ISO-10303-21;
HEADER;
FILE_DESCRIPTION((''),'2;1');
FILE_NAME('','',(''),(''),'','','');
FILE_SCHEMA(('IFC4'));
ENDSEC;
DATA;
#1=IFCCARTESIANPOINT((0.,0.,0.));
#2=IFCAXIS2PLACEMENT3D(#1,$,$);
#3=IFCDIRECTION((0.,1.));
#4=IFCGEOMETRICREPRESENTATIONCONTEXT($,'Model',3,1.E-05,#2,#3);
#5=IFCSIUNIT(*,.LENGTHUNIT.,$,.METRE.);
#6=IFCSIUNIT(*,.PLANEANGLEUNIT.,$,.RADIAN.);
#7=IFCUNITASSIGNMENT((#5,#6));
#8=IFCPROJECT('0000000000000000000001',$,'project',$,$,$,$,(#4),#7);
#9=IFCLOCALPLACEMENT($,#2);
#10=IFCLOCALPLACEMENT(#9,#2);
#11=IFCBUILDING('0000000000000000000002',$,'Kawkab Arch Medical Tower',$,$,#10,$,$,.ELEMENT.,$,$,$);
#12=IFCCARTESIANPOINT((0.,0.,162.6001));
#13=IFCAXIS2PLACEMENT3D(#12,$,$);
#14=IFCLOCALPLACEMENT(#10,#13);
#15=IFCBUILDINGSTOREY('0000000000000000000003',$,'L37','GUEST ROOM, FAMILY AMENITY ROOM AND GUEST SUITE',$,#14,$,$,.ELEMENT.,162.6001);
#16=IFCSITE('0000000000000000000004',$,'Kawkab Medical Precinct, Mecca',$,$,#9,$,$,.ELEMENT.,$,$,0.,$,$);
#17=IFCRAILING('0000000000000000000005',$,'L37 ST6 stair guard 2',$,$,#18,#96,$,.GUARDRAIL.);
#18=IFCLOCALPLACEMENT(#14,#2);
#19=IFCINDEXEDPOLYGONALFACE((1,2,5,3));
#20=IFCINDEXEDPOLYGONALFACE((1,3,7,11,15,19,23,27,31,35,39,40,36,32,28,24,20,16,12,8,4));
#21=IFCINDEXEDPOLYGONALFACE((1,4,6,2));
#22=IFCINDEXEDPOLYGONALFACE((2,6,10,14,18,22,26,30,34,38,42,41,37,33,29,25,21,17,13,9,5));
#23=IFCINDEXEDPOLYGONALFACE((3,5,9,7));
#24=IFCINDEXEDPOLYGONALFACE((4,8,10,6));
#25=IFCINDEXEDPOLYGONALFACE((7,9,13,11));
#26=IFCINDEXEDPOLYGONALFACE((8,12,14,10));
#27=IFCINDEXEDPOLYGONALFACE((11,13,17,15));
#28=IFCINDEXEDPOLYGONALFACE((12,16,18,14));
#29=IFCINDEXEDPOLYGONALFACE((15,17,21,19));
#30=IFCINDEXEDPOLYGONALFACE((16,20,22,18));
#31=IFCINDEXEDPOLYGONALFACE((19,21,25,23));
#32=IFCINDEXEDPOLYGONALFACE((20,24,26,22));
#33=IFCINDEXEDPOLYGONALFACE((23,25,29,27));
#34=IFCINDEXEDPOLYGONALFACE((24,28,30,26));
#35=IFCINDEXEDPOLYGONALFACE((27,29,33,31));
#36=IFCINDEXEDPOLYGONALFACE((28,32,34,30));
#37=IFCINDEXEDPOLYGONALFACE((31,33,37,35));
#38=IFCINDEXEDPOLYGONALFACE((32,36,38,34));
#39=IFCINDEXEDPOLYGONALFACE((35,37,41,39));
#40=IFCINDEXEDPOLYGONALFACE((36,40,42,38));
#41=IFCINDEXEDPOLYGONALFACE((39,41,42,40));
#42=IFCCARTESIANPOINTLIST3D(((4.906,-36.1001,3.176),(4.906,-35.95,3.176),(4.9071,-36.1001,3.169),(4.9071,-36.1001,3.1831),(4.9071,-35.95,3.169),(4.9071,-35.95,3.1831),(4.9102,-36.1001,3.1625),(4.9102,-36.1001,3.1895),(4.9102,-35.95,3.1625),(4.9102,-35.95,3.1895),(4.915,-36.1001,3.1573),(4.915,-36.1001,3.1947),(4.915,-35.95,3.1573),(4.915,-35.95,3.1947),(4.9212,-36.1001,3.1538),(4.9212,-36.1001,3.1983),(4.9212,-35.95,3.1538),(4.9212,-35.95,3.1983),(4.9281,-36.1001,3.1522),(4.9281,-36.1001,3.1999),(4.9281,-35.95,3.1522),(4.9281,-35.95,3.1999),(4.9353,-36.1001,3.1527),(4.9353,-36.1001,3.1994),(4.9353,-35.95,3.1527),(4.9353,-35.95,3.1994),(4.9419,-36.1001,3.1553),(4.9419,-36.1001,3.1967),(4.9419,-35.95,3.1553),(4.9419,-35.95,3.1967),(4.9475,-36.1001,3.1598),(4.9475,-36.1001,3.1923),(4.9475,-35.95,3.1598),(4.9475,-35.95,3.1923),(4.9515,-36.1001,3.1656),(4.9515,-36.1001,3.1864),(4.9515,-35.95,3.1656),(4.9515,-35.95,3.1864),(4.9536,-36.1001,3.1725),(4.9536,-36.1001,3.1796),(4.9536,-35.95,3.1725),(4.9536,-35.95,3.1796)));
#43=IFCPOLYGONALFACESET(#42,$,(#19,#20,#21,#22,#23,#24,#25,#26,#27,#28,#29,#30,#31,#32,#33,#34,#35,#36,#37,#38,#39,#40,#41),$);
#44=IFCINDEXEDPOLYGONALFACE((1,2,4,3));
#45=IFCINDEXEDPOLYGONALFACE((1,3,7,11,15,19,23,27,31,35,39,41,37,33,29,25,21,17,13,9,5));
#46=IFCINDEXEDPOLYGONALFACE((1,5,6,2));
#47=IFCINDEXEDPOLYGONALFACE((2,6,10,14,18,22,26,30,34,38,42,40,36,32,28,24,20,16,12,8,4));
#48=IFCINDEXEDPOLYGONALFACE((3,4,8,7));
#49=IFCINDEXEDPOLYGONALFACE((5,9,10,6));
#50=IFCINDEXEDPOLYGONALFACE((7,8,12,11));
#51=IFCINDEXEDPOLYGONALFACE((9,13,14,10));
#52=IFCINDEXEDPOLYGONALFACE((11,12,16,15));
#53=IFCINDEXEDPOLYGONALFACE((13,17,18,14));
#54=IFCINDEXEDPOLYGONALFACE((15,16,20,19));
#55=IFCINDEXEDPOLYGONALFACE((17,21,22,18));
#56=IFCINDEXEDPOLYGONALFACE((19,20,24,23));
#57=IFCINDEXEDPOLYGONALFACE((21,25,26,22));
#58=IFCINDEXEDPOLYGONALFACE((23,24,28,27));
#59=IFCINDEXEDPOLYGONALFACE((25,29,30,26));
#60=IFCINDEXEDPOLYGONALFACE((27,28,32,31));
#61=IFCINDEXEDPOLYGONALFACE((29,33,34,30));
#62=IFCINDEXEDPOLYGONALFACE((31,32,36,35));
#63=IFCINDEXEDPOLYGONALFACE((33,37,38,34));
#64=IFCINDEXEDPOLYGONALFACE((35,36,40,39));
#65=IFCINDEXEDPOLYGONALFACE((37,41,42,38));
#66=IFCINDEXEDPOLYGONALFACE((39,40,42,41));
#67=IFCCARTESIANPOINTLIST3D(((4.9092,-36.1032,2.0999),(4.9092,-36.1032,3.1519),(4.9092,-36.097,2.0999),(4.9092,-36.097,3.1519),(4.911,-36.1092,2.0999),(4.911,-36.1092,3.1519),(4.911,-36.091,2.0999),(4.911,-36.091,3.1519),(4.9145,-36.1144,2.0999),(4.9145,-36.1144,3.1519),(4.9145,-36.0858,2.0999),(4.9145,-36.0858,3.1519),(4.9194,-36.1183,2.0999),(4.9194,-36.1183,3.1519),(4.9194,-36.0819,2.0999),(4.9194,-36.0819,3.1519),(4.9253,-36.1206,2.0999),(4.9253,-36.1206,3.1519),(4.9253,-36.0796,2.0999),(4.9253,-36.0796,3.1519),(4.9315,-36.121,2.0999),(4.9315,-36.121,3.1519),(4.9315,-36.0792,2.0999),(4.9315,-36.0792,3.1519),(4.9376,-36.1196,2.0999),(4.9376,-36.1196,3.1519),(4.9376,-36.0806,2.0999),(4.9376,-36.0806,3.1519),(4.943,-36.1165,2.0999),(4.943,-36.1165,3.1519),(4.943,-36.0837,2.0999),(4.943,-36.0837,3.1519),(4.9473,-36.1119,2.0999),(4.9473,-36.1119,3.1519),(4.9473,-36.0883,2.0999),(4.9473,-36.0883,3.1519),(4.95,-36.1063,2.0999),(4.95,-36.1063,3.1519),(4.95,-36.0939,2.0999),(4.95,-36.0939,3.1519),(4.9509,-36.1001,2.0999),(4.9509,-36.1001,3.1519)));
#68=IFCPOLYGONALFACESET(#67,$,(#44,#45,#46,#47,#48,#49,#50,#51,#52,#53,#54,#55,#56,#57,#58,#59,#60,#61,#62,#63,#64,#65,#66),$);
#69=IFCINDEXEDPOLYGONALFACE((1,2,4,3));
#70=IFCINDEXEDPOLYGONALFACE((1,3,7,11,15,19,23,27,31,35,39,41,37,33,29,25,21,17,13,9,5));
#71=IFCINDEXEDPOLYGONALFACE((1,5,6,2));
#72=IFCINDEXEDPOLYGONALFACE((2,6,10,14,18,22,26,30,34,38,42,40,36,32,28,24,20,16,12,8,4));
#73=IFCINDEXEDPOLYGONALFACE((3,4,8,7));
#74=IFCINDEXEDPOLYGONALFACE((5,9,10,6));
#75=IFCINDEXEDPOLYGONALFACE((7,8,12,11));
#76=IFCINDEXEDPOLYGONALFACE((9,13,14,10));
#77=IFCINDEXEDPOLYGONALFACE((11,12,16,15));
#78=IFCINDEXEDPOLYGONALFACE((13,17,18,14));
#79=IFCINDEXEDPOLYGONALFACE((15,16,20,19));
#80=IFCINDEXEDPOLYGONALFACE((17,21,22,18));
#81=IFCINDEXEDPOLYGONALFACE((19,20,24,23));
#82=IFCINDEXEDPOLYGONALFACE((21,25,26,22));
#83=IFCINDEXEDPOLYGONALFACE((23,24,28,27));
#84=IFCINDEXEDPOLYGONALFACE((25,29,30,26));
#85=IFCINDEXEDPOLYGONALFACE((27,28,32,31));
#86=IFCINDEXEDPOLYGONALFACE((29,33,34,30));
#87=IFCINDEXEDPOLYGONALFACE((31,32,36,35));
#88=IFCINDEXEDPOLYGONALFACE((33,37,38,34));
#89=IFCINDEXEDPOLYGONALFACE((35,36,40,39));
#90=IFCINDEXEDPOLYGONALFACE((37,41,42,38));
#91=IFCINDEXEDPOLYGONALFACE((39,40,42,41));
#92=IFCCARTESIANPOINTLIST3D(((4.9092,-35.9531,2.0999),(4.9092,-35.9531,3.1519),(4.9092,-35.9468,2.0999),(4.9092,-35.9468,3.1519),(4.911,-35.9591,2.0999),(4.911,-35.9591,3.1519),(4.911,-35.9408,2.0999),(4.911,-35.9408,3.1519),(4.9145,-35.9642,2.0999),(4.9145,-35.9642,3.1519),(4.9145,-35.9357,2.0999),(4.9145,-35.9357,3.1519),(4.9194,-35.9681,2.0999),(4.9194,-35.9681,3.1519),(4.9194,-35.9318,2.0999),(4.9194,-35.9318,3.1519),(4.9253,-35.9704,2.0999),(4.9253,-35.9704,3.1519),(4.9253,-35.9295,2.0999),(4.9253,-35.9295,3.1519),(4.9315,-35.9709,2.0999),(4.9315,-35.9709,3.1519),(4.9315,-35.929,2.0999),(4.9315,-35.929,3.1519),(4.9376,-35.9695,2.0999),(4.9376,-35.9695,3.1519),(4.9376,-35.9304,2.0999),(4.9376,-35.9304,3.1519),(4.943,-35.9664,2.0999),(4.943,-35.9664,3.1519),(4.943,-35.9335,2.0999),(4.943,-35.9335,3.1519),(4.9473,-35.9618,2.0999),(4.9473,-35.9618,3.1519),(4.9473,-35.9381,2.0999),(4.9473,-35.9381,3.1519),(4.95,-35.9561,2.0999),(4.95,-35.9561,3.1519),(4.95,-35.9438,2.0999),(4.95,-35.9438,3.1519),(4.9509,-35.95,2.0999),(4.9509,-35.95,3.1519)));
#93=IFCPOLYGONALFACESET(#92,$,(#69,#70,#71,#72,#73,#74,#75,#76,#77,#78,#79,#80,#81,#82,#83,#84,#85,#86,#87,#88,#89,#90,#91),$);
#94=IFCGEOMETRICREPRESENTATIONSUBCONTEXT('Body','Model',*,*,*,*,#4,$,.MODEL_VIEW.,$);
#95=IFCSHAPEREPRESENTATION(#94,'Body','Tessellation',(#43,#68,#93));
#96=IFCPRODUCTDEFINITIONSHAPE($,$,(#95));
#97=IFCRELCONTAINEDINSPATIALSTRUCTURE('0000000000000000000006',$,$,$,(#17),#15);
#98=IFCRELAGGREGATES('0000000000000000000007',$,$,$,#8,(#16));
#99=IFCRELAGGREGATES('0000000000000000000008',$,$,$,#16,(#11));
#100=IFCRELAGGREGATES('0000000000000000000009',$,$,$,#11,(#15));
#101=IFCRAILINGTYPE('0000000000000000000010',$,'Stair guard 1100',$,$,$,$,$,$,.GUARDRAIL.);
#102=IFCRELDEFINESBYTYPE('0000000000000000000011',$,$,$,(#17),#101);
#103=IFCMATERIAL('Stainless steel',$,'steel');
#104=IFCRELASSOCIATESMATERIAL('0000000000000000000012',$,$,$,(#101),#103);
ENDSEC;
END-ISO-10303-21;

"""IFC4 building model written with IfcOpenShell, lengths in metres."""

from ifc_helpers import new_model, si_unit, direction, frame, origin, origin_2d, place, context, subcontext, project, spatial, circle, extrude, material, type_object, element, save


model = new_model("IFC4")

# Units and contexts
model_context = context("Model", 3, precision=1e-05, world=origin(), true_north=direction((0.0, 1.0)))
body_context = subcontext(model_context, "Body", "Model", "MODEL_VIEW")
ifc_project = project(units=[si_unit("LENGTHUNIT", "METRE"), si_unit("PLANEANGLEUNIT", "RADIAN")], contexts=[model_context])

# Site, building, storey
site_placement = place(None, origin())
site = spatial("IfcSite", under=ifc_project, at=site_placement, Name="Kawkab Medical Precinct, Mecca", CompositionType="ELEMENT", RefElevation=0.0)
building_placement = place(site_placement, origin())
building = spatial("IfcBuilding", under=site, at=building_placement, Name="Kawkab Arch Medical Tower", CompositionType="ELEMENT")
storey_placement = place(building_placement, frame((0.0, 0.0, 162.6001)))
storey = spatial("IfcBuildingStorey", under=building, at=storey_placement, Name="L37", Description="GUEST ROOM, FAMILY AMENITY ROOM AND GUEST SUITE", CompositionType="ELEMENT", Elevation=162.6001)

# Railing
ifc_material_1 = material(Name="Stainless steel", Category="steel")
railing_type = type_object("IfcRailingType", Name="Stair guard 1100", PredefinedType="GUARDRAIL", material=ifc_material_1)
railing_1_placement = place(storey_placement, frame((4.9299, -36.1001, 2.0999)))
element("IfcRailing", 1, at=railing_1_placement, inside=storey, type_object=railing_type, Name="L37 ST6 stair guard 2", PredefinedType="GUARDRAIL", context=body_context, shape_type="SweptSolid", body=[
    extrude(circle(Radius=0.0239, at=origin_2d()), frame((0.0, 0.0, 1.0762), z_axis=(0.0, 1.0, 0.0), x_axis=(-1.0, 0.0, 0.0)), (0.0, 0.0, 1.0), 0.1501),
    extrude(circle(Radius=0.021, at=origin_2d()), origin(), (0.0, 0.0, 1.0), 1.052),
    extrude(circle(Radius=0.021, at=origin_2d()), frame((0.0, 0.1501, 0.0)), (0.0, 0.0, 1.0), 1.052),
])

save(model, "model.ifc")
